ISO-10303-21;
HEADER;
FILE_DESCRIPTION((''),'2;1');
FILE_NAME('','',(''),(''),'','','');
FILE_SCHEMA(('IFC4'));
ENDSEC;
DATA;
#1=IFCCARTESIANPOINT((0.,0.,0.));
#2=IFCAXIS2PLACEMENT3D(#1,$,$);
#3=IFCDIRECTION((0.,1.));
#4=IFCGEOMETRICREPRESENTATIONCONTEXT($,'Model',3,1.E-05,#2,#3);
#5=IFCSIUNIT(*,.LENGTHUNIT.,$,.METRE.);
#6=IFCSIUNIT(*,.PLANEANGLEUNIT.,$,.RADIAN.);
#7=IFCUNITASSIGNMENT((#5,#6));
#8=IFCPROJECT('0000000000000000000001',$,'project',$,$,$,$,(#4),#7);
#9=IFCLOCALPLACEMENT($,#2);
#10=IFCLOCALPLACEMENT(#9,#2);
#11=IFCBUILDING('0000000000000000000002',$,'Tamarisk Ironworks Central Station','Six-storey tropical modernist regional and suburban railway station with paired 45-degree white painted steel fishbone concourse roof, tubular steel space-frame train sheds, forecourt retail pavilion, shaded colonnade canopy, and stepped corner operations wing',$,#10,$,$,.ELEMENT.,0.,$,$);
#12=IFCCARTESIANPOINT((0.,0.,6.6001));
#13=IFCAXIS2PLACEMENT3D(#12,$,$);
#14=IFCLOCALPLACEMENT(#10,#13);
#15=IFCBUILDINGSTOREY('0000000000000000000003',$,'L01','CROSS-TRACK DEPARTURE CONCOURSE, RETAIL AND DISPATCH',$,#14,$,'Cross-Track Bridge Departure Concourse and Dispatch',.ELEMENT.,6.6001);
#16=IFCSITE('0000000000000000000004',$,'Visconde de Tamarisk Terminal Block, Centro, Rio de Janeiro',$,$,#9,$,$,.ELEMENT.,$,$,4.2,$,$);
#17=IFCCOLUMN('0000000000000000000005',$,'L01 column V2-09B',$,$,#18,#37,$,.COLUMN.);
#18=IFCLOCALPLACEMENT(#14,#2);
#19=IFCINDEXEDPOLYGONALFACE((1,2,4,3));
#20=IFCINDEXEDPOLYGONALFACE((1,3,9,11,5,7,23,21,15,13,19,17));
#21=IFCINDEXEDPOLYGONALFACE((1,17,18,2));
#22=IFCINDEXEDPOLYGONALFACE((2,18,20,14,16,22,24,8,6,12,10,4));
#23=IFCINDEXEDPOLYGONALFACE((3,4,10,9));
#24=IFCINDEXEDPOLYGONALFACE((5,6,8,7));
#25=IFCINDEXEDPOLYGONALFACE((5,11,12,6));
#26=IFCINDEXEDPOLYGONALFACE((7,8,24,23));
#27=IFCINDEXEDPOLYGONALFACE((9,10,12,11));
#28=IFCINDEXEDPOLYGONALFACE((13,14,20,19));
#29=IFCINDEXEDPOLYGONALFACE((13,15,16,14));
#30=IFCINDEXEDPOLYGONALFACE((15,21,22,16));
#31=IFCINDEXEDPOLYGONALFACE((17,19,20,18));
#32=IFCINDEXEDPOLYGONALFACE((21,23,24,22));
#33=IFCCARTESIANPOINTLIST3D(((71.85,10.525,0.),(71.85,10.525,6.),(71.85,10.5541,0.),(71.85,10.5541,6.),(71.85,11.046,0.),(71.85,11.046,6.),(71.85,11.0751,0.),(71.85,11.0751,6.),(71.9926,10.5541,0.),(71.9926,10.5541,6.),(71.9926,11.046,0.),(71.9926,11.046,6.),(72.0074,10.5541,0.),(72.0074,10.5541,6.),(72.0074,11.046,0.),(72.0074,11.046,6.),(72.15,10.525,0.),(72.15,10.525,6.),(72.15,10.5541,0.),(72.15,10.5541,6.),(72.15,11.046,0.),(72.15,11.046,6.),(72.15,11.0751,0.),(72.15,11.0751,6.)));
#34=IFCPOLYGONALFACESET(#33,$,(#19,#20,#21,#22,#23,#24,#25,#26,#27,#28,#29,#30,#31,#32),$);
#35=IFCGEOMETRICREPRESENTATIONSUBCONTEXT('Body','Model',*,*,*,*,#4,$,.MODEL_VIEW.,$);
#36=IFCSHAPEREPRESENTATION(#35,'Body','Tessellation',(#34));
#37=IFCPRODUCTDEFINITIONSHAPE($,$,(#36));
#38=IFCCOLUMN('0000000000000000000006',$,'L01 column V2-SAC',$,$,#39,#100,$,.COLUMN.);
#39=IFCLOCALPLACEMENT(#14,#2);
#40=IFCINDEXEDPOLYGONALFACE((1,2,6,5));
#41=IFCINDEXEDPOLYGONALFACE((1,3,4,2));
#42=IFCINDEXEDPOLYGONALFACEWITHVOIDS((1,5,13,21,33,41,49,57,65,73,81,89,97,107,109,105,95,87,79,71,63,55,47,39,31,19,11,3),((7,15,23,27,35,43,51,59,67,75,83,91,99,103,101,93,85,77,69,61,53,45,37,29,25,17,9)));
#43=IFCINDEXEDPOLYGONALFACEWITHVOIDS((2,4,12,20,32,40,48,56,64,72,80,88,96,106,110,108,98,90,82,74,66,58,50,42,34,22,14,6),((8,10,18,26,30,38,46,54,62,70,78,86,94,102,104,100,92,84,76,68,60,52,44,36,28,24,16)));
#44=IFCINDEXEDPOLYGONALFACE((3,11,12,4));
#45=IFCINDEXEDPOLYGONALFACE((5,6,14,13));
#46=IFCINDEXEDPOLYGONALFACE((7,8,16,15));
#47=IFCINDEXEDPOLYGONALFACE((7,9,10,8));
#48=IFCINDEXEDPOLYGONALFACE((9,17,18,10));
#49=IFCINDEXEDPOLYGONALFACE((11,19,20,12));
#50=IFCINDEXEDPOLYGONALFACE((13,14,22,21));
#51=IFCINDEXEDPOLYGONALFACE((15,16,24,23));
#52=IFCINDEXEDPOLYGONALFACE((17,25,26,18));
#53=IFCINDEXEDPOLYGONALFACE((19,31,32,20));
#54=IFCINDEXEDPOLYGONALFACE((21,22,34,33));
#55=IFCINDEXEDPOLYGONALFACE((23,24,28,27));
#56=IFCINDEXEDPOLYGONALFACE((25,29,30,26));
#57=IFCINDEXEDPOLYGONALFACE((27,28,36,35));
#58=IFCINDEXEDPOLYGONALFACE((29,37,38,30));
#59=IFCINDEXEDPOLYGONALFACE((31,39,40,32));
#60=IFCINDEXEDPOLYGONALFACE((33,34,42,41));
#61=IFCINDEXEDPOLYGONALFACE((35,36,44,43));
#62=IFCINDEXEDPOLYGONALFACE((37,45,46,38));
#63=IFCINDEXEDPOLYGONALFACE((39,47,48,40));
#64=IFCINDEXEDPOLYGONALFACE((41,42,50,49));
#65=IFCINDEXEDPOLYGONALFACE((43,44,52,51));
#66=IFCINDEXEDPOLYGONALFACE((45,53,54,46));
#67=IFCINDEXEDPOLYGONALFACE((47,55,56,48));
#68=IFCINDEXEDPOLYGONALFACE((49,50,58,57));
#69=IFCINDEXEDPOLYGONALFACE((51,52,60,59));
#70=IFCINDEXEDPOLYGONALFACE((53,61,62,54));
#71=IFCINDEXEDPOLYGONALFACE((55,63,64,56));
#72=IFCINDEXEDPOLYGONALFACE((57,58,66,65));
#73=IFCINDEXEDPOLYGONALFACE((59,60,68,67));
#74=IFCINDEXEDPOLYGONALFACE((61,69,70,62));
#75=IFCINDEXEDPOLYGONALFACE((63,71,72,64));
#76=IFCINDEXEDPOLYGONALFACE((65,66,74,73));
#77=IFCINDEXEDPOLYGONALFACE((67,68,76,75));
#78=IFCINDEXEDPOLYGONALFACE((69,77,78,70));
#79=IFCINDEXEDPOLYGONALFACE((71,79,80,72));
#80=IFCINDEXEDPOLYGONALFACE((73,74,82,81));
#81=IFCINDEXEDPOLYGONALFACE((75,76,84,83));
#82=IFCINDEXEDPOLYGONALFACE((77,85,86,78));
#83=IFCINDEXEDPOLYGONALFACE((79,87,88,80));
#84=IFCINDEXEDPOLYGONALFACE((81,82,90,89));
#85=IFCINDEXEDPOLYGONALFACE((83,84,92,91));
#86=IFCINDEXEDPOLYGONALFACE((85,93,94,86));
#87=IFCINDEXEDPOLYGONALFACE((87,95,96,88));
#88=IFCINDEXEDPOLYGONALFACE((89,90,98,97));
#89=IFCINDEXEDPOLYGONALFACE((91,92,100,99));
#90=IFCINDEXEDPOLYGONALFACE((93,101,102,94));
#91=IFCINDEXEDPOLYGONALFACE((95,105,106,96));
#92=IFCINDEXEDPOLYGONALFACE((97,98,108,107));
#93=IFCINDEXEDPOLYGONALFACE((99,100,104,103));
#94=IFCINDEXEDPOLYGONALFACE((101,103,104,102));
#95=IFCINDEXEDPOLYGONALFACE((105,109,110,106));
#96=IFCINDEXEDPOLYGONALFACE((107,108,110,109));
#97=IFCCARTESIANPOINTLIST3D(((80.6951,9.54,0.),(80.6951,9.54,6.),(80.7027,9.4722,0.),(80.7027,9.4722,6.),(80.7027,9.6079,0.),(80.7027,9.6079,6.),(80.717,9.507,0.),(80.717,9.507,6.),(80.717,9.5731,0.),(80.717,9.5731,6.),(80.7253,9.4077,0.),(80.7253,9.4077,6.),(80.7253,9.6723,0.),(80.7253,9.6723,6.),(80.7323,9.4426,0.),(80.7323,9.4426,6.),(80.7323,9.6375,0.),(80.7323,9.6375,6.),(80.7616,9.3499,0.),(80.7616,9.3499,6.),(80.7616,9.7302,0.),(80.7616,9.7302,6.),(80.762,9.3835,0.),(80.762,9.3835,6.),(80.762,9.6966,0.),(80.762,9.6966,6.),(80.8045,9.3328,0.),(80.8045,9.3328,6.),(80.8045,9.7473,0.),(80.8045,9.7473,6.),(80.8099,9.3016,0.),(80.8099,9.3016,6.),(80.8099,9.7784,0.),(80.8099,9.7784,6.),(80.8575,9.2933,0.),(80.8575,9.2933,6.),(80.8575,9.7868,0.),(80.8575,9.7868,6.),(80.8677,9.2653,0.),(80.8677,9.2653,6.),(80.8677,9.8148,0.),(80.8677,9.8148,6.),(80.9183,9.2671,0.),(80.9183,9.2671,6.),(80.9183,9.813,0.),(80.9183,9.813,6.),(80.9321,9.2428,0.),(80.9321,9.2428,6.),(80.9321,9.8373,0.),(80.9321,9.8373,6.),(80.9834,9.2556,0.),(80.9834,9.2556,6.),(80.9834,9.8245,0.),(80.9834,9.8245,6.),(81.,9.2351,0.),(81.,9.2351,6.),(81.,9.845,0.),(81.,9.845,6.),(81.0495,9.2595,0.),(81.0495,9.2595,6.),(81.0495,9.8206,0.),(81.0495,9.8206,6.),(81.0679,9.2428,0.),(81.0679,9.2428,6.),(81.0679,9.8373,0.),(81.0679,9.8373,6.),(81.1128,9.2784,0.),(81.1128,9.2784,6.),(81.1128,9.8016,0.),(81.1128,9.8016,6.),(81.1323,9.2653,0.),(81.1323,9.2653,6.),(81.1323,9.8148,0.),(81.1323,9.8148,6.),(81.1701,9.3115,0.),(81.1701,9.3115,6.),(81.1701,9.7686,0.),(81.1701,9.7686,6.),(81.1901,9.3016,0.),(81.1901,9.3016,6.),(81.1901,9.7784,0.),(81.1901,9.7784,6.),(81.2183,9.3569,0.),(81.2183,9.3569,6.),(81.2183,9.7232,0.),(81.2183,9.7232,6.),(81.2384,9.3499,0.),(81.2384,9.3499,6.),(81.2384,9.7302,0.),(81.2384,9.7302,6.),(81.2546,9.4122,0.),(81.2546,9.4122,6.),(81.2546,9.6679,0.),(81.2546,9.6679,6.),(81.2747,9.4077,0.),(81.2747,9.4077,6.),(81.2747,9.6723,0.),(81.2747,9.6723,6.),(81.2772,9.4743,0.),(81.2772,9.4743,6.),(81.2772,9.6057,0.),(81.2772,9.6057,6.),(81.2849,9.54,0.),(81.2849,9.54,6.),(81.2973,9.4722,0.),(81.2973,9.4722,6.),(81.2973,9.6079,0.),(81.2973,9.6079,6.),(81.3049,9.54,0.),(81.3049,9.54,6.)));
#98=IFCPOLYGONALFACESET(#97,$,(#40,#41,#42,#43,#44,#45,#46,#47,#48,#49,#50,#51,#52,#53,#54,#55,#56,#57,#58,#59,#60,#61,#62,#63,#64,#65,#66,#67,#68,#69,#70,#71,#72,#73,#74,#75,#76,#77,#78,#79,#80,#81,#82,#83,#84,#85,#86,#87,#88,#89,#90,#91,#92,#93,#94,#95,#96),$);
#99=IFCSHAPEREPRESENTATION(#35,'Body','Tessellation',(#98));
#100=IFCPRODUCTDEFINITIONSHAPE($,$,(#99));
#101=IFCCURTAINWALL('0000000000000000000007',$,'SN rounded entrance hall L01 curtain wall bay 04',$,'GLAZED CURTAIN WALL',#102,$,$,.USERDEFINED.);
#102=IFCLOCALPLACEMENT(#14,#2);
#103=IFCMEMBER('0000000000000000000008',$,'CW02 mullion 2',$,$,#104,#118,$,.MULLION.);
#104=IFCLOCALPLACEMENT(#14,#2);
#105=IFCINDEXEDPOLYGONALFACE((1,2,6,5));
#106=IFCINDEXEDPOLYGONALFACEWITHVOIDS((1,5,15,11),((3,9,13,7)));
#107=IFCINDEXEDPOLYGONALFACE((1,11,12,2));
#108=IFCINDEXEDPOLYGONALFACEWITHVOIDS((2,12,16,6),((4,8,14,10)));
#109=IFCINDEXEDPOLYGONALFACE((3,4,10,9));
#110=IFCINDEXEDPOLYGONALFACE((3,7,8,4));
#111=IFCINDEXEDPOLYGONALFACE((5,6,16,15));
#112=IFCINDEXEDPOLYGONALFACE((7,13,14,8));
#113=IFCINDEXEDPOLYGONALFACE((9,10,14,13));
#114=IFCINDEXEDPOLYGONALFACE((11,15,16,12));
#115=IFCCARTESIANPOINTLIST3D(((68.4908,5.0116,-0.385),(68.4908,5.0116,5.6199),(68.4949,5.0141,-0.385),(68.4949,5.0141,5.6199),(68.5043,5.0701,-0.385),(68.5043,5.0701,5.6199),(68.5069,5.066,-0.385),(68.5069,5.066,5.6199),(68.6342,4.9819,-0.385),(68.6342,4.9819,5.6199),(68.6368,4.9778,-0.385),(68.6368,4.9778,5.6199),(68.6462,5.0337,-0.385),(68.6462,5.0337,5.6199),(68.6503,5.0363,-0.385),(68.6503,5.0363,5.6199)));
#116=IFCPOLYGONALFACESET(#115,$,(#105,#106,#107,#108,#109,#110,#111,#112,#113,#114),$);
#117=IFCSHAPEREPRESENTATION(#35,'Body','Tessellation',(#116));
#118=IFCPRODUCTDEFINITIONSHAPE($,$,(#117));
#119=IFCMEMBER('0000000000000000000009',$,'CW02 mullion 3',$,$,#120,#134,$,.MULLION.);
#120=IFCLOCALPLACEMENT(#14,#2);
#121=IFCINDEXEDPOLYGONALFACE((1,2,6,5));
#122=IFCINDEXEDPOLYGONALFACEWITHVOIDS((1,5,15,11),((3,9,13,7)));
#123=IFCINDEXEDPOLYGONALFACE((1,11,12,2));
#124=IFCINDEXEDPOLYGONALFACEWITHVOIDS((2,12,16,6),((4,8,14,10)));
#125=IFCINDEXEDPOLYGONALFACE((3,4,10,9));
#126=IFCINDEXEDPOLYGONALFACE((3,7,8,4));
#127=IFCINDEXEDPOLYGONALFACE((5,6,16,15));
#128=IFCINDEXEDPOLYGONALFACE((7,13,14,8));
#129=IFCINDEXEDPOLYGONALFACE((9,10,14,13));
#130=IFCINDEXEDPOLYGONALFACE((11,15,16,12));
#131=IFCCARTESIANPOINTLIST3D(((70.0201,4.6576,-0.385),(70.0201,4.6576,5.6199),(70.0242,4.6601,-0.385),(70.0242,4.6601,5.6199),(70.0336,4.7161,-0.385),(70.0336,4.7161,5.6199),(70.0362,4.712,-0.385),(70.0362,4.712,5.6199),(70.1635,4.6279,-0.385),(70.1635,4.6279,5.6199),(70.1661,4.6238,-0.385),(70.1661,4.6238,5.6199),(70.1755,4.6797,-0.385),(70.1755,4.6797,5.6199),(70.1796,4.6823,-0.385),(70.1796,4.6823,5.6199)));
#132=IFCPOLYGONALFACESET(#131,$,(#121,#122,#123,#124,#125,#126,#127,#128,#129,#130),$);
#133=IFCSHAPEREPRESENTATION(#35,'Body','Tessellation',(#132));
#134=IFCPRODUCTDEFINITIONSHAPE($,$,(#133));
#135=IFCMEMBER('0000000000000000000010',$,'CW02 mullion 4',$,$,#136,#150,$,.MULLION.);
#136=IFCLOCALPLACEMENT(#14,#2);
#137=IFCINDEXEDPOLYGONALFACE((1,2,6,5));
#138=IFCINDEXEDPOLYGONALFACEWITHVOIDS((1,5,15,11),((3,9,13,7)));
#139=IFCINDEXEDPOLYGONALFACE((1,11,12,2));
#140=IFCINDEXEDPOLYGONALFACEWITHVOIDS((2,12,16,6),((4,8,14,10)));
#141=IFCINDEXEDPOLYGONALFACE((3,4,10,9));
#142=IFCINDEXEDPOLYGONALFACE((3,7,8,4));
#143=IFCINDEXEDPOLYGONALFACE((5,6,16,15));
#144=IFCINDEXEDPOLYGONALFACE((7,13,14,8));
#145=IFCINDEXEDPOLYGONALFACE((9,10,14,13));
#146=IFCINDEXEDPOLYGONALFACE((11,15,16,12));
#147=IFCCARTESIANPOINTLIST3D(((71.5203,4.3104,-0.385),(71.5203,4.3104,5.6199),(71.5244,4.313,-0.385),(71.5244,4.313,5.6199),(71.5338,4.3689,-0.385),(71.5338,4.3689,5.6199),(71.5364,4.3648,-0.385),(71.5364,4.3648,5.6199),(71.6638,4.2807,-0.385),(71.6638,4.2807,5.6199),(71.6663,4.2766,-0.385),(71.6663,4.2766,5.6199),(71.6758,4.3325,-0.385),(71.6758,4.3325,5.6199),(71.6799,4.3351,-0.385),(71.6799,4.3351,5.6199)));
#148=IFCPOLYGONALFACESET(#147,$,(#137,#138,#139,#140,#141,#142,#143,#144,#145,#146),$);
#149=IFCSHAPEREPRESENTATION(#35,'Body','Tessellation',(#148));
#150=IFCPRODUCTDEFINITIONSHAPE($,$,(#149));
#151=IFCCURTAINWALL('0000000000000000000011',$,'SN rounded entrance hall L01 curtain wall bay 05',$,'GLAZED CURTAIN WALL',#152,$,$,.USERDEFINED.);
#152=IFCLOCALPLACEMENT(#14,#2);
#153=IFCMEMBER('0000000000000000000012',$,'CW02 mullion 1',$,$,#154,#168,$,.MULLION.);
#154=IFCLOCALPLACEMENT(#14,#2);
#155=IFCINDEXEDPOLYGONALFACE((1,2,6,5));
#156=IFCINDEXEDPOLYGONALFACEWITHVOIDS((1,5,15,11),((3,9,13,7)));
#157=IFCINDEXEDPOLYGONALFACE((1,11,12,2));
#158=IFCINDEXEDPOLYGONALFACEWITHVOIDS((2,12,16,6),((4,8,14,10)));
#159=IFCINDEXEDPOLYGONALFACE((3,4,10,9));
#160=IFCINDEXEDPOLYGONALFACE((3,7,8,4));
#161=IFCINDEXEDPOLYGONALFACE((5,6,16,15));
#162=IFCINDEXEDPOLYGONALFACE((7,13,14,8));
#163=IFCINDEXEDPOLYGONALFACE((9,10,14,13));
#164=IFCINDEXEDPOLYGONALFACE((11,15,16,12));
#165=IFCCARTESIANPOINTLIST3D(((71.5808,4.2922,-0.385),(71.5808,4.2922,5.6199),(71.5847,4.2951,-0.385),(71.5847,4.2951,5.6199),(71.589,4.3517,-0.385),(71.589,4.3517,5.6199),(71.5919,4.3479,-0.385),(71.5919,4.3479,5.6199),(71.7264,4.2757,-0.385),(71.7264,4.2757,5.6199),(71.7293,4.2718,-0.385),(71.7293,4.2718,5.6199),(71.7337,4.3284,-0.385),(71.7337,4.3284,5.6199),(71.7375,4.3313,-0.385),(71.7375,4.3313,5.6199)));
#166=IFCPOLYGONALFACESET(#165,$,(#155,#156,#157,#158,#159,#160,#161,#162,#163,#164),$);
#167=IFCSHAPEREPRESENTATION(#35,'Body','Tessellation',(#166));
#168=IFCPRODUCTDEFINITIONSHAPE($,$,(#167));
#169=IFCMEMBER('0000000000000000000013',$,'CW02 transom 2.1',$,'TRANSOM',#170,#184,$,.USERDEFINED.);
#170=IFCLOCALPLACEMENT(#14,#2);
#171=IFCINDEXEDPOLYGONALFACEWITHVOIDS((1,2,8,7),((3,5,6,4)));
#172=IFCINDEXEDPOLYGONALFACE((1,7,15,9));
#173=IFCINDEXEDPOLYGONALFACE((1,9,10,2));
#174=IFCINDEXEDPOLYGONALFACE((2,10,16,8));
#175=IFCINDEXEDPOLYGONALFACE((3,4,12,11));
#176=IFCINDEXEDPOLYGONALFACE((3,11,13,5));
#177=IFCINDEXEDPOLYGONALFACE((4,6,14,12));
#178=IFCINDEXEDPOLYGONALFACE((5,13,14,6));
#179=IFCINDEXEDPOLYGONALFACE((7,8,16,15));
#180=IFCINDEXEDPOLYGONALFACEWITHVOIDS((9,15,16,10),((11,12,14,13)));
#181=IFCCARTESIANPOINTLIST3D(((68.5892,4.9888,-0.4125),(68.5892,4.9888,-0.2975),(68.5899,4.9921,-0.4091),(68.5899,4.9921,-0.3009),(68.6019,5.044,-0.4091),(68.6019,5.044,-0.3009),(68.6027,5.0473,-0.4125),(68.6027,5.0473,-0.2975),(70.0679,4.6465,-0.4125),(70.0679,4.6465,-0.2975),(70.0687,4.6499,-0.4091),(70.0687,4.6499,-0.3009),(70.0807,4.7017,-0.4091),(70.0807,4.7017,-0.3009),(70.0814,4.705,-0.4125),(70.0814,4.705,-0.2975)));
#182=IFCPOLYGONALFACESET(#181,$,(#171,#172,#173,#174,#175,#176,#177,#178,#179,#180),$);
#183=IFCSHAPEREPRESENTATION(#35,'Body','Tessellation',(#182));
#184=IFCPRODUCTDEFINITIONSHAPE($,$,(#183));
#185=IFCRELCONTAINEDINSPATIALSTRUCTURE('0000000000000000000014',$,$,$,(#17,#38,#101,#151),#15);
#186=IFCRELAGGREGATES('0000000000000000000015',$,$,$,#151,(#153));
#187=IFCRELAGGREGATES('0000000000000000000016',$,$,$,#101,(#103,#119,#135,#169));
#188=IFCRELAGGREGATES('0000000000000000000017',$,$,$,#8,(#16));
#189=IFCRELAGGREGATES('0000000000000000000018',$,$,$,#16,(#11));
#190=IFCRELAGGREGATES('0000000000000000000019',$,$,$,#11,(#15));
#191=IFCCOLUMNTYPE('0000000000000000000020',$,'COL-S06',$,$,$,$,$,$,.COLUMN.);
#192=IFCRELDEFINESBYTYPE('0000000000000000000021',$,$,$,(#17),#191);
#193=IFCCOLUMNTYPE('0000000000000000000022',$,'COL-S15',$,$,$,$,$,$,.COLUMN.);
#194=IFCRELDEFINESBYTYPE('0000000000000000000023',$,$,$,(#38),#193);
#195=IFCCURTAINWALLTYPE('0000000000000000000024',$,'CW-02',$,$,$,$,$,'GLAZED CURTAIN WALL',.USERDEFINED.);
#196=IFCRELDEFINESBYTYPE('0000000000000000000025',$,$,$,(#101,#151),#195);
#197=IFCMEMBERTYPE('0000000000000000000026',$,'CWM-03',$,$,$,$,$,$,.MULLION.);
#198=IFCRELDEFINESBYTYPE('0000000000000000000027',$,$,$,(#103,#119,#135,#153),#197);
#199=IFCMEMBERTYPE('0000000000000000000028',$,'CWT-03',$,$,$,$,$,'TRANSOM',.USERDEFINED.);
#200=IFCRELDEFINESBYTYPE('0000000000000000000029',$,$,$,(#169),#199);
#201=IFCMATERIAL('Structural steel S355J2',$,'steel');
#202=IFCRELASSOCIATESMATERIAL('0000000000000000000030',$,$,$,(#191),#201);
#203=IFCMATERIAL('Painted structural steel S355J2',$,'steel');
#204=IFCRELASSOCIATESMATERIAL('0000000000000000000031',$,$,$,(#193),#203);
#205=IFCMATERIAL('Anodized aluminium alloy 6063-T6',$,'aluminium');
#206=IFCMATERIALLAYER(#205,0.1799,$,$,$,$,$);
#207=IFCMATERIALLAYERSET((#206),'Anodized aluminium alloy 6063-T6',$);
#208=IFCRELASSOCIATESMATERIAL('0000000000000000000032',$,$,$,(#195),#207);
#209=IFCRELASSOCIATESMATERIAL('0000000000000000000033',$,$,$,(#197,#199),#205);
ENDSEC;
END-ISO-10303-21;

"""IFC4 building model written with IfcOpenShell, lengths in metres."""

from ifc_helpers import new_model, si_unit, direction, frame, origin, origin_2d, place, context, subcontext, project, spatial, hollow_rectangle, hollow_circle, i_section, extrude, material, layer, layer_set, material_profile, profile_set, type_object, element, aggregate, save


model = new_model("IFC4")

# Units and contexts
model_context = context("Model", 3, precision=1e-05, world=origin(), true_north=direction((0.0, 1.0)))
body_context = subcontext(model_context, "Body", "Model", "MODEL_VIEW")
ifc_project = project(units=[si_unit("LENGTHUNIT", "METRE"), si_unit("PLANEANGLEUNIT", "RADIAN")], contexts=[model_context])

# Site, building, storey
site_placement = place(None, origin())
site = spatial("IfcSite", under=ifc_project, at=site_placement, Name="Visconde de Tamarisk Terminal Block, Centro, Rio de Janeiro", CompositionType="ELEMENT", RefElevation=4.2)
building_placement = place(site_placement, origin())
building = spatial("IfcBuilding", under=site, at=building_placement, Name="Tamarisk Ironworks Central Station", Description="Six-storey tropical modernist regional and suburban railway station with paired 45-degree white painted steel fishbone concourse roof, tubular steel space-frame train sheds, forecourt retail pavilion, shaded colonnade canopy, and stepped corner operations wing", CompositionType="ELEMENT", ElevationOfRefHeight=0.0)
storey_placement = place(building_placement, frame((0.0, 0.0, 6.6001)))
storey = spatial("IfcBuildingStorey", under=building, at=storey_placement, Name="L01", Description="CROSS-TRACK DEPARTURE CONCOURSE, RETAIL AND DISPATCH", LongName="Cross-Track Bridge Departure Concourse and Dispatch", CompositionType="ELEMENT", Elevation=6.6001)

# Columns
ifc_material_1 = material(Name="Structural steel S355J2", Category="steel")
ifc_material_profile_1 = material_profile(ifc_material_1, i_section(OverallWidth=0.3, OverallDepth=0.55, WebThickness=0.0149, FlangeThickness=0.0291, at=origin_2d()), Name="HEB 550")
ifc_profile_set_1 = profile_set([ifc_material_profile_1], Name="Structural steel S355J2")
column_type_1 = type_object("IfcColumnType", Name="COL-S06", PredefinedType="COLUMN", material=ifc_profile_set_1)
column_1_placement = place(storey_placement, frame((72.0, 10.8, 0.0), z_axis=(0.0, 0.0, 1.0), x_axis=(1.0, 0.0, 0.0)))
element("IfcColumn", 1, at=column_1_placement, inside=storey, type_object=column_type_1, Name="L01 column V2-09B", PredefinedType="COLUMN", context=body_context, shape_type="SweptSolid", body=[
    extrude(i_section(OverallWidth=0.3, OverallDepth=0.55, WebThickness=0.0149, FlangeThickness=0.0291, at=origin_2d()), origin(), (0.0, 0.0, 1.0), 6.0),
])
ifc_material_2 = material(Name="Painted structural steel S355J2", Category="steel")
ifc_material_profile_2 = material_profile(ifc_material_2, hollow_circle(Radius=0.3049, WallThickness=0.02, at=origin_2d()), Name="CHS 610x20")
ifc_profile_set_2 = profile_set([ifc_material_profile_2], Name="Painted structural steel S355J2")
column_type_2 = type_object("IfcColumnType", Name="COL-S15", PredefinedType="COLUMN", material=ifc_profile_set_2)
column_2_placement = place(storey_placement, frame((81.0, 9.54, 0.0), z_axis=(0.0, 0.0, 1.0), x_axis=(1.0, 0.0, 0.0)))
element("IfcColumn", 2, at=column_2_placement, inside=storey, type_object=column_type_2, Name="L01 column V2-SAC", PredefinedType="COLUMN", context=body_context, shape_type="SweptSolid", body=[
    extrude(hollow_circle(Radius=0.3049, WallThickness=0.02, at=origin_2d()), origin(), (0.0, 0.0, 1.0), 6.0),
])

# Curtain wall, members
ifc_material_3 = material(Name="Anodized aluminium alloy 6063-T6", Category="aluminium")
ifc_layer_1 = layer(ifc_material_3, 0.1799)
ifc_layer_set_1 = layer_set([ifc_layer_1], Name="Anodized aluminium alloy 6063-T6")
curtain_wall_type = type_object("IfcCurtainWallType", Name="CW-02", ElementType="GLAZED CURTAIN WALL", PredefinedType="USERDEFINED", material=ifc_layer_set_1)
curtain_wall_1_placement = place(storey_placement, origin())
curtain_wall_1 = element("IfcCurtainWall", 3, at=curtain_wall_1_placement, inside=storey, type_object=curtain_wall_type, Name="SN rounded entrance hall L01 curtain wall bay 04", ObjectType="GLAZED CURTAIN WALL", PredefinedType="USERDEFINED")
ifc_material_profile_3 = material_profile(ifc_material_3, hollow_rectangle(XDim=0.0601, YDim=0.1499, WallThickness=0.0034, at=origin_2d()), Name="ALUM 150x60")
ifc_profile_set_3 = profile_set([ifc_material_profile_3], Name="Anodized aluminium alloy 6063-T6")
member_type_1 = type_object("IfcMemberType", Name="CWM-03", PredefinedType="MULLION", material=ifc_profile_set_3)
member_1_placement = place(storey_placement, frame((68.5706, 5.0239, -0.385), z_axis=(0.0, 0.0, 1.0), x_axis=(0.225517, 0.974239, 0.0)))
member_1 = element("IfcMember", 4, at=member_1_placement, type_object=member_type_1, Name="CW02 mullion 2", PredefinedType="MULLION", context=body_context, shape_type="SweptSolid", body=[
    extrude(hollow_rectangle(XDim=0.0601, YDim=0.1499, WallThickness=0.0034, at=origin_2d()), origin(), (0.0, 0.0, 1.0), 6.0049),
])
member_2_placement = place(storey_placement, frame((70.0999, 4.6699, -0.385), z_axis=(0.0, 0.0, 1.0), x_axis=(0.225517, 0.974239, 0.0)))
member_2 = element("IfcMember", 5, at=member_2_placement, type_object=member_type_1, Name="CW02 mullion 3", PredefinedType="MULLION", context=body_context, shape_type="SweptSolid", body=[
    extrude(hollow_rectangle(XDim=0.0601, YDim=0.1499, WallThickness=0.0034, at=origin_2d()), origin(), (0.0, 0.0, 1.0), 6.0049),
])
member_3_placement = place(storey_placement, frame((71.6001, 4.3228, -0.385), z_axis=(0.0, 0.0, 1.0), x_axis=(0.225517, 0.974239, 0.0)))
member_3 = element("IfcMember", 6, at=member_3_placement, type_object=member_type_1, Name="CW02 mullion 4", PredefinedType="MULLION", context=body_context, shape_type="SweptSolid", body=[
    extrude(hollow_rectangle(XDim=0.0601, YDim=0.1499, WallThickness=0.0034, at=origin_2d()), origin(), (0.0, 0.0, 1.0), 6.0049),
])

# Curtain wall, member
curtain_wall_2_placement = place(storey_placement, origin())
curtain_wall_2 = element("IfcCurtainWall", 7, at=curtain_wall_2_placement, inside=storey, type_object=curtain_wall_type, Name="SN rounded entrance hall L01 curtain wall bay 05", ObjectType="GLAZED CURTAIN WALL", PredefinedType="USERDEFINED")
member_4_placement = place(storey_placement, frame((71.6592, 4.3118, -0.385), z_axis=(0.0, 0.0, 1.0), x_axis=(0.136042, 0.990703, 0.0)))
member_4 = element("IfcMember", 8, at=member_4_placement, type_object=member_type_1, Name="CW02 mullion 1", PredefinedType="MULLION", context=body_context, shape_type="SweptSolid", body=[
    extrude(hollow_rectangle(XDim=0.0601, YDim=0.1499, WallThickness=0.0034, at=origin_2d()), origin(), (0.0, 0.0, 1.0), 6.0049),
])

# Member
ifc_material_profile_4 = material_profile(ifc_material_3, hollow_rectangle(XDim=0.0601, YDim=0.115, WallThickness=0.0034, at=origin_2d()), Name="ALUM 115x60")
ifc_profile_set_4 = profile_set([ifc_material_profile_4], Name="Anodized aluminium alloy 6063-T6")
member_type_2 = type_object("IfcMemberType", Name="CWT-03", ElementType="TRANSOM", PredefinedType="USERDEFINED", material=ifc_profile_set_4)
member_5_placement = place(storey_placement, frame((68.5959, 5.0181, -0.355), z_axis=(0.974242, -0.225506, 0.0), x_axis=(0.225506, 0.974242, 0.0)))
member_5 = element("IfcMember", 9, at=member_5_placement, type_object=member_type_2, Name="CW02 transom 2.1", ObjectType="TRANSOM", PredefinedType="USERDEFINED", context=body_context, shape_type="SweptSolid", body=[
    extrude(hollow_rectangle(XDim=0.0601, YDim=0.115, WallThickness=0.0034, at=origin_2d()), origin(), (0.0, 0.0, 1.0), 1.5178),
])
aggregate(curtain_wall_2, [member_4])

aggregate(curtain_wall_1, [member_1, member_2, member_3, member_5])

save(model, "model.ifc")
